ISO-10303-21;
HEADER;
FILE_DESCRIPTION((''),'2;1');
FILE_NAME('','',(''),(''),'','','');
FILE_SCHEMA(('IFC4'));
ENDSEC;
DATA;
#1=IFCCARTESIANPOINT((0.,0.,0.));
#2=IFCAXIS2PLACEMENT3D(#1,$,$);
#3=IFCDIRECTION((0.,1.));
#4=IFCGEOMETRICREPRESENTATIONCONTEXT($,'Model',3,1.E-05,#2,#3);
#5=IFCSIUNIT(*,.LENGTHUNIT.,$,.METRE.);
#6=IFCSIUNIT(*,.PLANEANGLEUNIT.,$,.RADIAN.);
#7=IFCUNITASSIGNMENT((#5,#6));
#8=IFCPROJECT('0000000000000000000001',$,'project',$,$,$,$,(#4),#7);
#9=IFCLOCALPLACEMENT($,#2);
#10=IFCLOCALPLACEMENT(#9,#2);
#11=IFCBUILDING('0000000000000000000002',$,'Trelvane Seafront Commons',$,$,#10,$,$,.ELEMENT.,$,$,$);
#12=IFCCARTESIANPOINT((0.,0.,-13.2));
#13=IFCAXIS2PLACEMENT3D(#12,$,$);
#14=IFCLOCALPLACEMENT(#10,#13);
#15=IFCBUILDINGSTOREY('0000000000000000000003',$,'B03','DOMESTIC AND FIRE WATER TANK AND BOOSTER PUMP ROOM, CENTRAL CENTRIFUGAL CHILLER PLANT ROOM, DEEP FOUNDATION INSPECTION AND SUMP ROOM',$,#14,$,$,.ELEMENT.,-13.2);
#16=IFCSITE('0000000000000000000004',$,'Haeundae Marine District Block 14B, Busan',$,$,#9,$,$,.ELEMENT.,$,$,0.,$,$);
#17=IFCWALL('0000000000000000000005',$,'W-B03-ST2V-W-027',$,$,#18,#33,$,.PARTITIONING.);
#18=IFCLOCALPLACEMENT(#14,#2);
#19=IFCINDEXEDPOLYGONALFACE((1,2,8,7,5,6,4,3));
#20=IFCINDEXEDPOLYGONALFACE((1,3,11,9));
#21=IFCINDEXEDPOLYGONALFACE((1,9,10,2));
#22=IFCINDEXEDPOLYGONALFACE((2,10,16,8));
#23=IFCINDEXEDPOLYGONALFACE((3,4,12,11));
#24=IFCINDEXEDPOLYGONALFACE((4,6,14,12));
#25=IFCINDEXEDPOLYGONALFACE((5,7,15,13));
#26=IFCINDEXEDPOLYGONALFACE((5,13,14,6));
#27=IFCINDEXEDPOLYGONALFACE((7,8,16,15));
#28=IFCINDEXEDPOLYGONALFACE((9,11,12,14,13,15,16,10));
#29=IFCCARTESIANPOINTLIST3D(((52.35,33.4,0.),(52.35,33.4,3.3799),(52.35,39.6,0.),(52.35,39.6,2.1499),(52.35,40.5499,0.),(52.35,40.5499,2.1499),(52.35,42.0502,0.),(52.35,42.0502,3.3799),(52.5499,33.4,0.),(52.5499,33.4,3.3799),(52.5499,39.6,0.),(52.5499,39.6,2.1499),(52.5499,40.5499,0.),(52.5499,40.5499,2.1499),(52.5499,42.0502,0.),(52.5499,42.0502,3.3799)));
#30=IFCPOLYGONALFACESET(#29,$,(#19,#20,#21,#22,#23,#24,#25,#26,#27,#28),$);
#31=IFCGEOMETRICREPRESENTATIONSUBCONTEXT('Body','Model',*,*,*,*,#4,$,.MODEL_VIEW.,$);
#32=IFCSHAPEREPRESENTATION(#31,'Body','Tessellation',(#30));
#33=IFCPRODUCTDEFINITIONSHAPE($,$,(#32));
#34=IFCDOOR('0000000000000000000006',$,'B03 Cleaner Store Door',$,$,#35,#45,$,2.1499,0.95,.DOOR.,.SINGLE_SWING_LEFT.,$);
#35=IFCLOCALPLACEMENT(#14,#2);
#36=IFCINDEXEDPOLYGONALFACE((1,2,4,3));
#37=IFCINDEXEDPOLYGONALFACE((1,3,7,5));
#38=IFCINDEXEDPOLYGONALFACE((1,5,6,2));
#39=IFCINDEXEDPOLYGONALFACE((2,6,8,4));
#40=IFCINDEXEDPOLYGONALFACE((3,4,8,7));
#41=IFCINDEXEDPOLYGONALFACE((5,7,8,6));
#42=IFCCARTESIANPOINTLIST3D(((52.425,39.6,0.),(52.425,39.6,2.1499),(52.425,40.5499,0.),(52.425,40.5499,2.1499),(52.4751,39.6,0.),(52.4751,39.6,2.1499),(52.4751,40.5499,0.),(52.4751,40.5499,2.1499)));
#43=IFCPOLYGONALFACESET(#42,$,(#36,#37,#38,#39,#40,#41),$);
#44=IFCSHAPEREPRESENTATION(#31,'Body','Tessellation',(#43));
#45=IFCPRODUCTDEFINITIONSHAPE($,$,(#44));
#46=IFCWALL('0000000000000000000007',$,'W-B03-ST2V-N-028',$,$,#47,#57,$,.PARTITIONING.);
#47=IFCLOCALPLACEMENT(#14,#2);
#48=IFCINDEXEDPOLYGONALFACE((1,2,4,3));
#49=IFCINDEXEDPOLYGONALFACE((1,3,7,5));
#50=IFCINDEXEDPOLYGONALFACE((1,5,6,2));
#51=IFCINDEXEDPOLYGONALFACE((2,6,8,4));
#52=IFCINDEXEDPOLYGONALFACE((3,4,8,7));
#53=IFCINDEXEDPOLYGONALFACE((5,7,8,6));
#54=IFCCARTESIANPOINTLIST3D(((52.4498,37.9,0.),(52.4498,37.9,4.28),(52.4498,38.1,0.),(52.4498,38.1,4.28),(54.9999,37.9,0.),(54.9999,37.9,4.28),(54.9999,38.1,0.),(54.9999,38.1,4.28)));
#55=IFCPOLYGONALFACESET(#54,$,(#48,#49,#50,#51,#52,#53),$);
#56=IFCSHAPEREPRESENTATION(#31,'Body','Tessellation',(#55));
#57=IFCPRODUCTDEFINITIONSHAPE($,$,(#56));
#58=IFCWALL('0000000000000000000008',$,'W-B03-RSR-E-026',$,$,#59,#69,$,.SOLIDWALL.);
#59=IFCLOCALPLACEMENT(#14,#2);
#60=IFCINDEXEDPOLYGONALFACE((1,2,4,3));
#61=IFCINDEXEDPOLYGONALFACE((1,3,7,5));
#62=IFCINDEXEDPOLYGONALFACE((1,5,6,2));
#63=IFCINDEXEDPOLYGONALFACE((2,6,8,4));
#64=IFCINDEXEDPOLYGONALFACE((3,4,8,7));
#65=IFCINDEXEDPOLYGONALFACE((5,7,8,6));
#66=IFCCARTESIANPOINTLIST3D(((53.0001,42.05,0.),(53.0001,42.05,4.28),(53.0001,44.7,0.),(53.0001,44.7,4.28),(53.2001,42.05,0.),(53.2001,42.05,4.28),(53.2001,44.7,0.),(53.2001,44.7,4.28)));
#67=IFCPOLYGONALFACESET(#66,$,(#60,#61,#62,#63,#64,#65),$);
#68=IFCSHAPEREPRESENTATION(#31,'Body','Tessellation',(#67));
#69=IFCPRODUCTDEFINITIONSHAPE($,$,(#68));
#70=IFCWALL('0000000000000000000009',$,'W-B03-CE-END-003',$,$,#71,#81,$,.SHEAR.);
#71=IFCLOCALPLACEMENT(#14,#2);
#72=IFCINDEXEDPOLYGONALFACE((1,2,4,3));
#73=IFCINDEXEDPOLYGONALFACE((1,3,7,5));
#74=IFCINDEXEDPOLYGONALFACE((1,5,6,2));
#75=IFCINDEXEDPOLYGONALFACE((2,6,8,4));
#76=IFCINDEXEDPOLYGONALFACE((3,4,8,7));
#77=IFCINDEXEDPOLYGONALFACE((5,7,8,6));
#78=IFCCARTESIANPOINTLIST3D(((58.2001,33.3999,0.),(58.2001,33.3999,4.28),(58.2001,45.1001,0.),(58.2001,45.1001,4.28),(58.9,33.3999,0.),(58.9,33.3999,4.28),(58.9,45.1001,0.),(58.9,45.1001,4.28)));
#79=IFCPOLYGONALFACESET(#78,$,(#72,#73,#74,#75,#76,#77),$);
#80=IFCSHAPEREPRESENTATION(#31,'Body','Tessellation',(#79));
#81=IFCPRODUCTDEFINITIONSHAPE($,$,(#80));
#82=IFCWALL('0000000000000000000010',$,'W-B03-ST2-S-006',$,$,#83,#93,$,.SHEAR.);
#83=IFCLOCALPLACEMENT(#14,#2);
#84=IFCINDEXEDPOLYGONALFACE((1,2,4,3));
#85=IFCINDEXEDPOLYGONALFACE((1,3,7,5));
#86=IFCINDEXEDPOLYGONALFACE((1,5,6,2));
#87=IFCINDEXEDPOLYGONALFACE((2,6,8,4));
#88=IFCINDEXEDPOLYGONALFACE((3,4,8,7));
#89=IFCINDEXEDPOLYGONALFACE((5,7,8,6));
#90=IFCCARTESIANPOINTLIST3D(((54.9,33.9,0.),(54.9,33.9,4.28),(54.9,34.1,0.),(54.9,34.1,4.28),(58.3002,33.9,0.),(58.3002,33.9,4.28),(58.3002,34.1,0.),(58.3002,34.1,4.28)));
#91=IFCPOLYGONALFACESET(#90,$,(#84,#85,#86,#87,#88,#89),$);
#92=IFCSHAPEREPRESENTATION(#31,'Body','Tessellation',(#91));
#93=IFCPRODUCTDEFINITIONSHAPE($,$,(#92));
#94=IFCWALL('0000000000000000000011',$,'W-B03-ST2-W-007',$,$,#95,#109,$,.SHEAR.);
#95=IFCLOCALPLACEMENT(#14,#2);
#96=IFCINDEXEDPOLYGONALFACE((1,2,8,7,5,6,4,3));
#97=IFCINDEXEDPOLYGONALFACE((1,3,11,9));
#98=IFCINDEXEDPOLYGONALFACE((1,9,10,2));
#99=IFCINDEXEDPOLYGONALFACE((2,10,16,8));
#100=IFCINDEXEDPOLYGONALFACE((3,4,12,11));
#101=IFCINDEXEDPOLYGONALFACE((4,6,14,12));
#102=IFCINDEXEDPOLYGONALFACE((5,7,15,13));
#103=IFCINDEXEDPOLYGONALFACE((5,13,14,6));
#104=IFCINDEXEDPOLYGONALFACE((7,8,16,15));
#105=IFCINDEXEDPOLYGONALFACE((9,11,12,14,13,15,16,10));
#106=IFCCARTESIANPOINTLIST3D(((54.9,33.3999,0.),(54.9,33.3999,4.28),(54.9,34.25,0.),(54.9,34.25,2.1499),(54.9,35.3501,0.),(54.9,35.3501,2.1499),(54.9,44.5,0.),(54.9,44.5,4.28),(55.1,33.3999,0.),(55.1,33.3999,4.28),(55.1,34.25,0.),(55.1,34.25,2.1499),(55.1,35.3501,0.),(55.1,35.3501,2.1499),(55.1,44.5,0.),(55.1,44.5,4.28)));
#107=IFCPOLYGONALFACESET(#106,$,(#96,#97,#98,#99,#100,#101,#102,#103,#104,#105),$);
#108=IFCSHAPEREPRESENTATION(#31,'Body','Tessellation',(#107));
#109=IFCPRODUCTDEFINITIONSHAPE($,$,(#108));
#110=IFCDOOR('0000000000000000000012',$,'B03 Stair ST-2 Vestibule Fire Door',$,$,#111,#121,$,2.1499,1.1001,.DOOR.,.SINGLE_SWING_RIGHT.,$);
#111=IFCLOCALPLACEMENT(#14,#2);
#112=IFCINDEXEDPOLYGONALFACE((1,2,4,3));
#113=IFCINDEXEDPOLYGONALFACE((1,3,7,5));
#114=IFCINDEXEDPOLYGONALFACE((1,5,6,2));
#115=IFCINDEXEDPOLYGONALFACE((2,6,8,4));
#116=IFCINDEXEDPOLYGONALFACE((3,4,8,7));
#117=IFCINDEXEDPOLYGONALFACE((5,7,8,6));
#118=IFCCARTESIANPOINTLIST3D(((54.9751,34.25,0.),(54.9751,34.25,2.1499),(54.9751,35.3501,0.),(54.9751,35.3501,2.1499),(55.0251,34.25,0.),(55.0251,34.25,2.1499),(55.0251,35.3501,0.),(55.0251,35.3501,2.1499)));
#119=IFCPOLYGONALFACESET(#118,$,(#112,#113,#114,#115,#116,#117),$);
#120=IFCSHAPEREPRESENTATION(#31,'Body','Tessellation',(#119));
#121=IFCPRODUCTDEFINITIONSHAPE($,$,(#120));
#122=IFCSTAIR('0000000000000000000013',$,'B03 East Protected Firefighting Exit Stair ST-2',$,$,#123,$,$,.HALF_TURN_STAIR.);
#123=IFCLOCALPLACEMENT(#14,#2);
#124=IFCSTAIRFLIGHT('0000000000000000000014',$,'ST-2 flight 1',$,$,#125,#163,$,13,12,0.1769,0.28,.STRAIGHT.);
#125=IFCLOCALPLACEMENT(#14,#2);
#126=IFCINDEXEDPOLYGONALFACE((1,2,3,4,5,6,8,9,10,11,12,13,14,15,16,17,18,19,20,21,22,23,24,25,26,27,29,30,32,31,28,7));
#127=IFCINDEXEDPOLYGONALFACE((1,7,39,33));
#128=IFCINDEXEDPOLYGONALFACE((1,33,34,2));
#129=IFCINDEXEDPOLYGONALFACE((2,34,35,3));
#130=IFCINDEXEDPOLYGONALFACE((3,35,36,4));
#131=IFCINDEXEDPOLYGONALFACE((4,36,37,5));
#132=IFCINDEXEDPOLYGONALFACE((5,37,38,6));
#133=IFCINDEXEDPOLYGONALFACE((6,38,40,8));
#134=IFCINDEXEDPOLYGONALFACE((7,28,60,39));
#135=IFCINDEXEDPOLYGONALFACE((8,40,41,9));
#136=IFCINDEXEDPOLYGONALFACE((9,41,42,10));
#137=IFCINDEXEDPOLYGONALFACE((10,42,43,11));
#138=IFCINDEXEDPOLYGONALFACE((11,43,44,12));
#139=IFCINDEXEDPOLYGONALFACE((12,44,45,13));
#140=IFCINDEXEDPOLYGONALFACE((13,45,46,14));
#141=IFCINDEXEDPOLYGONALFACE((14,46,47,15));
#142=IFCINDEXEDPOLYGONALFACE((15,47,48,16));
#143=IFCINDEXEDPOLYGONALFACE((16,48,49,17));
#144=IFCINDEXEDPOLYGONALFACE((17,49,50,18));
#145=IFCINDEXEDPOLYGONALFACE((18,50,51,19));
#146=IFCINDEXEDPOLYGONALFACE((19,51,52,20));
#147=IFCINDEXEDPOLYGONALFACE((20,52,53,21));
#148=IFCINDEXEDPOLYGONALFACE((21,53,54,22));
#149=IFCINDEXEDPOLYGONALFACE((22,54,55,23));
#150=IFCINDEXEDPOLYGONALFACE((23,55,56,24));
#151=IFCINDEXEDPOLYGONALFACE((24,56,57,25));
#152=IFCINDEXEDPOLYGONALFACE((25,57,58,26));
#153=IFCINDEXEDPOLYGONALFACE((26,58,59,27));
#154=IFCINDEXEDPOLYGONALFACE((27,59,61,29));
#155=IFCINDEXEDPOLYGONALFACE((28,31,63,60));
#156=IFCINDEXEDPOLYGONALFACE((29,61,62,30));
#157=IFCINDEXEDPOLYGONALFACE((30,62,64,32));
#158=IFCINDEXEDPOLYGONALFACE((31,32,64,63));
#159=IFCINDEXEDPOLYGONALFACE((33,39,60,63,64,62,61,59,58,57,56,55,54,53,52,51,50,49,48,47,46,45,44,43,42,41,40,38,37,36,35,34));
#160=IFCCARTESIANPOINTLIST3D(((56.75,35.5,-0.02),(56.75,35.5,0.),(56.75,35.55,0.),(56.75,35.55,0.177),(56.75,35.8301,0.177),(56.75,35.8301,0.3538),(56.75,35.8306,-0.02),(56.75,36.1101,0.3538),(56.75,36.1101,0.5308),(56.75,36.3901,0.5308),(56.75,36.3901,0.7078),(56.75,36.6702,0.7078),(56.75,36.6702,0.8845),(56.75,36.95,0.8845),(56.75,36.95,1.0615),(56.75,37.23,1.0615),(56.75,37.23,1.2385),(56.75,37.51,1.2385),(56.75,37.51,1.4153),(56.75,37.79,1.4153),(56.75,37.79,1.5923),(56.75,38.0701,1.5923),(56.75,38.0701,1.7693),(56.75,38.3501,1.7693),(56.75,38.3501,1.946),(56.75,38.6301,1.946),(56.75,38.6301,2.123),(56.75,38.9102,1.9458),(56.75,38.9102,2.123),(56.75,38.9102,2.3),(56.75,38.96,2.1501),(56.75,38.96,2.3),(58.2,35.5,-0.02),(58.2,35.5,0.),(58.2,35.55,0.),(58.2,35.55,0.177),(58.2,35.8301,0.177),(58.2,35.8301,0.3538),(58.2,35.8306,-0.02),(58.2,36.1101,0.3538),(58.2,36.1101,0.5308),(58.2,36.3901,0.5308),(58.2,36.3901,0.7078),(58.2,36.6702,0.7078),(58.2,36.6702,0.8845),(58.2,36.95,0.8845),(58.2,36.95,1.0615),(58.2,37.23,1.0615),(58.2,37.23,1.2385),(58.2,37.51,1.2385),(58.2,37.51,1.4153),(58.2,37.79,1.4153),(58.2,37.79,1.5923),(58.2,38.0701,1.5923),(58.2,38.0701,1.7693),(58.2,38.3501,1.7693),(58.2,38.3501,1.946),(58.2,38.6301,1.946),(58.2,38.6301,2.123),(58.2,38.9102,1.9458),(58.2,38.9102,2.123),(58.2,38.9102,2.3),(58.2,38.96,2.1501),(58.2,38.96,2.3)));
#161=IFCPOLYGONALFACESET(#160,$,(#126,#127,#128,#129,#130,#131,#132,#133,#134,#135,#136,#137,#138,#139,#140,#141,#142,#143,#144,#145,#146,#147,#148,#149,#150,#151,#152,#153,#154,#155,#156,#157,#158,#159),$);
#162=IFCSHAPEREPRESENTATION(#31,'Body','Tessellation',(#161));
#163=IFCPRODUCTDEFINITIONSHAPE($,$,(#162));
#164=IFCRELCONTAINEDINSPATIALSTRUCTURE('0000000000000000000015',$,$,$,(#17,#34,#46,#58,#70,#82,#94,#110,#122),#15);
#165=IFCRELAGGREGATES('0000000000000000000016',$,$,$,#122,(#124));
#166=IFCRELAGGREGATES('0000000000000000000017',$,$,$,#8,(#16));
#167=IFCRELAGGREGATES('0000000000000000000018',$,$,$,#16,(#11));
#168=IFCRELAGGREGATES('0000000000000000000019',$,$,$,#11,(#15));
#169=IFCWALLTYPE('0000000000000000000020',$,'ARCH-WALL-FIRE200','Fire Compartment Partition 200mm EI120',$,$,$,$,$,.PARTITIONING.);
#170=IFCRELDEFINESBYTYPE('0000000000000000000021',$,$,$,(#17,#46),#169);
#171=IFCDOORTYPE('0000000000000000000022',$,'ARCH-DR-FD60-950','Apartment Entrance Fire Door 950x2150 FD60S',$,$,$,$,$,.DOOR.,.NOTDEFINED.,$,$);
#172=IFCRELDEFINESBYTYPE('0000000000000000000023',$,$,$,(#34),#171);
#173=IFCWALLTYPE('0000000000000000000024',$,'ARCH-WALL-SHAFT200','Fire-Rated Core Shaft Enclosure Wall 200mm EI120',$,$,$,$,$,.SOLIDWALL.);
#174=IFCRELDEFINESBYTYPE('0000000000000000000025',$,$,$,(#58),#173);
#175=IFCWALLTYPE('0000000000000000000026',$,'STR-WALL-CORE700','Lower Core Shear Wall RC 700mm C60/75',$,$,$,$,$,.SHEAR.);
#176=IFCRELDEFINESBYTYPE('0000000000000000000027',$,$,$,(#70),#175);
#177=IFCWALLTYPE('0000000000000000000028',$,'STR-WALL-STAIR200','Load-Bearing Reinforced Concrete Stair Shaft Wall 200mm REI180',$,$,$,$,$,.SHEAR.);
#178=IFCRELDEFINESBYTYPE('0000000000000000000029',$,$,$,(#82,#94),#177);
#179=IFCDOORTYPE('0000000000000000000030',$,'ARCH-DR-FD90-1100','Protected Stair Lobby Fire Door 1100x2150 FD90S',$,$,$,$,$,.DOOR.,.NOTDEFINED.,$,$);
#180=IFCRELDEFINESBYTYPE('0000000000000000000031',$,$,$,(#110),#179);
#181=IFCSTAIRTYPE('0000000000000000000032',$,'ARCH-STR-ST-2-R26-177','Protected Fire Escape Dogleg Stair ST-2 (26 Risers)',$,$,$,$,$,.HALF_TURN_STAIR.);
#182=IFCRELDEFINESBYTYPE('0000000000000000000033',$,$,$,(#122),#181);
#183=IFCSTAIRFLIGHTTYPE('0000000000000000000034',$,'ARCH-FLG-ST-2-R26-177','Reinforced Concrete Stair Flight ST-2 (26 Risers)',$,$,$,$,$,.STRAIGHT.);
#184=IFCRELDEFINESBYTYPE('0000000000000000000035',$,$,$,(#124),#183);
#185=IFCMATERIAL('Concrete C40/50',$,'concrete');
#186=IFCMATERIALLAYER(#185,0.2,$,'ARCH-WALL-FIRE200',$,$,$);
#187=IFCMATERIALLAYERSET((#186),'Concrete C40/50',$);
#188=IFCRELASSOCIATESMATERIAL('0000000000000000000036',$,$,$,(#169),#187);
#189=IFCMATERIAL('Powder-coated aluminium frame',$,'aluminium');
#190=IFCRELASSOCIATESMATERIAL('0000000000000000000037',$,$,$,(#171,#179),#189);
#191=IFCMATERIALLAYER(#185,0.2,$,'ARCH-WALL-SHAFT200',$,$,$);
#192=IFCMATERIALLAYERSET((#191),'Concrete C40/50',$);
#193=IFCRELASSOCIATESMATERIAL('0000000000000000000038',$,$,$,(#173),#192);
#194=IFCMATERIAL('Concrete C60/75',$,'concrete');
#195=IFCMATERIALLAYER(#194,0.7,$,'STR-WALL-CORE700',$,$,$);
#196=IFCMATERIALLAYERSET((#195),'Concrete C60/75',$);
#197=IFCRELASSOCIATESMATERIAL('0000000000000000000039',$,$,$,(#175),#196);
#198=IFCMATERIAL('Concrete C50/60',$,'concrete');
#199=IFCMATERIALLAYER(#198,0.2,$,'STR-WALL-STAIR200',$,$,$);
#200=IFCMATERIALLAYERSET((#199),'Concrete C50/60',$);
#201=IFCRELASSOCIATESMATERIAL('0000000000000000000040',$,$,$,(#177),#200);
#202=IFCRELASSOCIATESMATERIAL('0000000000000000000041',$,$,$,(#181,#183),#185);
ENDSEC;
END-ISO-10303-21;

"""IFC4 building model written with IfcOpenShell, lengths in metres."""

from ifc_helpers import new_model, si_unit, direction, frame, frame_2d, origin, place, context, subcontext, project, spatial, polyline, rectangle, outline, extrude, source, transform, mapped, material, layer, layer_set, type_object, element, fill, aggregate, save


model = new_model("IFC4")

# Units and contexts
model_context = context("Model", 3, precision=1e-05, world=origin(), true_north=direction((0.0, 1.0)))
body_context = subcontext(model_context, "Body", "Model", "MODEL_VIEW")
ifc_project = project(units=[si_unit("LENGTHUNIT", "METRE"), si_unit("PLANEANGLEUNIT", "RADIAN")], contexts=[model_context])

# Site, building, storey
site_placement = place(None, origin())
site = spatial("IfcSite", under=ifc_project, at=site_placement, Name="Haeundae Marine District Block 14B, Busan", CompositionType="ELEMENT", RefElevation=0.0)
building_placement = place(site_placement, origin())
building = spatial("IfcBuilding", under=site, at=building_placement, Name="Trelvane Seafront Commons", CompositionType="ELEMENT")
storey_placement = place(building_placement, frame((0.0, 0.0, -13.2)))
storey = spatial("IfcBuildingStorey", under=building, at=storey_placement, Name="B03", Description="DOMESTIC AND FIRE WATER TANK AND BOOSTER PUMP ROOM, CENTRAL CENTRIFUGAL CHILLER PLANT ROOM, DEEP FOUNDATION INSPECTION AND SUMP ROOM", CompositionType="ELEMENT", Elevation=-13.2)

# Shared definitions
ifc_material_1 = material(Name="Concrete C50/60", Category="concrete")

# Shared definitions
ifc_material_2 = material(Name="Concrete C60/75", Category="concrete")

# Wall, opening, door
ifc_material_3 = material(Name="Concrete C40/50", Category="concrete")
ifc_layer_1 = layer(ifc_material_3, 0.2, Name="ARCH-WALL-FIRE200")
ifc_layer_set_1 = layer_set([ifc_layer_1], Name="Concrete C40/50")
wall_type_1 = type_object("IfcWallType", Name="ARCH-WALL-FIRE200", Description="Fire Compartment Partition 200mm EI120", PredefinedType="PARTITIONING", material=ifc_layer_set_1)
wall_1_placement = place(storey_placement, frame((52.45, 33.3999, 0.0), z_axis=(0.0, 0.0, 1.0), x_axis=(0.0, 1.0, 0.0)))
wall_1 = element("IfcWall", 1, at=wall_1_placement, inside=storey, type_object=wall_type_1, Name="W-B03-ST2V-W-027", PredefinedType="PARTITIONING", context=body_context, shape_type="SweptSolid", body=[
    extrude(rectangle(XDim=8.6501, YDim=0.2, at=frame_2d((4.3252, 0.0))), origin(), (0.0, 0.0, 1.0), 3.3799),
])
opening_1_placement = place(wall_1_placement, frame((6.2, 0.0, 0.0)))
opening_1 = element("IfcOpeningElement", 2, at=opening_1_placement, cuts=wall_1, PredefinedType="OPENING", context=body_context, shape_type="SweptSolid", body=[
    extrude(rectangle(XDim=0.95, YDim=2.1499, at=frame_2d((0.4751, 1.075))), frame((0.0, 0.1099, 0.0), z_axis=(0.0, -1.0, 0.0), x_axis=(1.0, 0.0, 0.0)), (0.0, 0.0, 1.0), 0.22),
])
ifc_material_4 = material(Name="Powder-coated aluminium frame", Category="aluminium")
door_type_1 = type_object("IfcDoorType", Name="ARCH-DR-FD60-950", Description="Apartment Entrance Fire Door 950x2150 FD60S", OperationType="NOTDEFINED", PredefinedType="DOOR", material=ifc_material_4)
shared_shape_1 = source(origin(), body_context, "Body", "SweptSolid", [
    extrude(rectangle(XDim=0.95, YDim=2.1499, at=frame_2d((0.4751, 1.075))), frame((0.0, 0.0249, 0.0), z_axis=(0.0, -1.0, 0.0), x_axis=(1.0, 0.0, 0.0)), (0.0, 0.0, 1.0), 0.05),
])
door_1_placement = place(opening_1_placement, origin())
door_1 = element("IfcDoor", 3, at=door_1_placement, inside=storey, type_object=door_type_1, Name="B03 Cleaner Store Door", OperationType="SINGLE_SWING_LEFT", OverallHeight=2.1499, OverallWidth=0.95, PredefinedType="DOOR", context=body_context, shape_type="MappedRepresentation", body=[
    mapped(shared_shape_1, transform((0.0, 0.0, 0.0), x_axis=(1.0, 0.0, 0.0), y_axis=(0.0, 1.0, 0.0), z_axis=(0.0, 0.0, 1.0), scale=1.0)),
])
fill(opening_1, door_1)

# Walls
wall_2_placement = place(storey_placement, frame((52.45, 38.0, 0.0), z_axis=(0.0, 0.0, 1.0), x_axis=(1.0, 0.0, 0.0)))
element("IfcWall", 4, at=wall_2_placement, inside=storey, type_object=wall_type_1, Name="W-B03-ST2V-N-028", PredefinedType="PARTITIONING", context=body_context, shape_type="SweptSolid", body=[
    extrude(rectangle(XDim=2.55, YDim=0.2, at=frame_2d((1.2749, 0.0))), origin(), (0.0, 0.0, 1.0), 4.28),
])
ifc_layer_2 = layer(ifc_material_3, 0.2, Name="ARCH-WALL-SHAFT200")
ifc_layer_set_2 = layer_set([ifc_layer_2], Name="Concrete C40/50")
wall_type_2 = type_object("IfcWallType", Name="ARCH-WALL-SHAFT200", Description="Fire-Rated Core Shaft Enclosure Wall 200mm EI120", PredefinedType="SOLIDWALL", material=ifc_layer_set_2)
wall_3_placement = place(storey_placement, frame((53.1001, 42.05, 0.0), z_axis=(0.0, 0.0, 1.0), x_axis=(0.0, 1.0, 0.0)))
element("IfcWall", 5, at=wall_3_placement, inside=storey, type_object=wall_type_2, Name="W-B03-RSR-E-026", PredefinedType="SOLIDWALL", context=body_context, shape_type="SweptSolid", body=[
    extrude(rectangle(XDim=2.6499, YDim=0.2, at=frame_2d((1.325, 0.0))), origin(), (0.0, 0.0, 1.0), 4.28),
])
ifc_layer_3 = layer(ifc_material_2, 0.7, Name="STR-WALL-CORE700")
ifc_layer_set_3 = layer_set([ifc_layer_3], Name="Concrete C60/75")
wall_type_3 = type_object("IfcWallType", Name="STR-WALL-CORE700", Description="Lower Core Shear Wall RC 700mm C60/75", PredefinedType="SHEAR", material=ifc_layer_set_3)
wall_4_placement = place(storey_placement, frame((58.55, 33.3999, 0.0), z_axis=(0.0, 0.0, 1.0), x_axis=(0.0, 1.0, 0.0)))
element("IfcWall", 6, at=wall_4_placement, inside=storey, type_object=wall_type_3, Name="W-B03-CE-END-003", PredefinedType="SHEAR", context=body_context, shape_type="SweptSolid", body=[
    extrude(rectangle(XDim=11.7002, YDim=0.7, at=frame_2d((5.8501, 0.0))), origin(), (0.0, 0.0, 1.0), 4.28),
])
ifc_layer_4 = layer(ifc_material_1, 0.2, Name="STR-WALL-STAIR200")
ifc_layer_set_4 = layer_set([ifc_layer_4], Name="Concrete C50/60")
wall_type_4 = type_object("IfcWallType", Name="STR-WALL-STAIR200", Description="Load-Bearing Reinforced Concrete Stair Shaft Wall 200mm REI180", PredefinedType="SHEAR", material=ifc_layer_set_4)
wall_5_placement = place(storey_placement, frame((54.8999, 34.0, 0.0), z_axis=(0.0, 0.0, 1.0), x_axis=(1.0, 0.0, 0.0)))
element("IfcWall", 7, at=wall_5_placement, inside=storey, type_object=wall_type_4, Name="W-B03-ST2-S-006", PredefinedType="SHEAR", context=body_context, shape_type="SweptSolid", body=[
    extrude(rectangle(XDim=3.4001, YDim=0.2, at=frame_2d((1.7002, 0.0))), origin(), (0.0, 0.0, 1.0), 4.28),
])

# Wall, opening, door
wall_6_placement = place(storey_placement, frame((55.0, 33.3999, 0.0), z_axis=(0.0, 0.0, 1.0), x_axis=(0.0, 1.0, 0.0)))
wall_6 = element("IfcWall", 8, at=wall_6_placement, inside=storey, type_object=wall_type_4, Name="W-B03-ST2-W-007", PredefinedType="SHEAR", context=body_context, shape_type="SweptSolid", body=[
    extrude(rectangle(XDim=11.1001, YDim=0.2, at=frame_2d((5.55, 0.0))), origin(), (0.0, 0.0, 1.0), 4.28),
])
opening_2_placement = place(wall_6_placement, frame((0.8501, 0.0, 0.0)))
opening_2 = element("IfcOpeningElement", 9, at=opening_2_placement, cuts=wall_6, PredefinedType="OPENING", context=body_context, shape_type="SweptSolid", body=[
    extrude(rectangle(XDim=1.1001, YDim=2.1499, at=frame_2d((0.55, 1.075))), frame((0.0, 0.1099, 0.0), z_axis=(0.0, -1.0, 0.0), x_axis=(1.0, 0.0, 0.0)), (0.0, 0.0, 1.0), 0.22),
])
door_type_2 = type_object("IfcDoorType", Name="ARCH-DR-FD90-1100", Description="Protected Stair Lobby Fire Door 1100x2150 FD90S", OperationType="NOTDEFINED", PredefinedType="DOOR", material=ifc_material_4)
shared_shape_2 = source(origin(), body_context, "Body", "SweptSolid", [
    extrude(rectangle(XDim=1.1001, YDim=2.1499, at=frame_2d((0.55, 1.075))), frame((0.0, 0.0249, 0.0), z_axis=(0.0, -1.0, 0.0), x_axis=(1.0, 0.0, 0.0)), (0.0, 0.0, 1.0), 0.05),
])
door_2_placement = place(opening_2_placement, origin())
door_2 = element("IfcDoor", 10, at=door_2_placement, inside=storey, type_object=door_type_2, Name="B03 Stair ST-2 Vestibule Fire Door", OperationType="SINGLE_SWING_RIGHT", OverallHeight=2.1499, OverallWidth=1.1001, PredefinedType="DOOR", context=body_context, shape_type="MappedRepresentation", body=[
    mapped(shared_shape_2, transform((0.0, 0.0, 0.0), x_axis=(1.0, 0.0, 0.0), y_axis=(0.0, 1.0, 0.0), z_axis=(0.0, 0.0, 1.0), scale=1.0)),
])
fill(opening_2, door_2)

# Stair, stair flight
stair_type = type_object("IfcStairType", Name="ARCH-STR-ST-2-R26-177", Description="Protected Fire Escape Dogleg Stair ST-2 (26 Risers)", PredefinedType="HALF_TURN_STAIR", material=ifc_material_3)
stair_placement = place(storey_placement, origin())
stair = element("IfcStair", 11, at=stair_placement, inside=storey, type_object=stair_type, Name="B03 East Protected Firefighting Exit Stair ST-2", PredefinedType="HALF_TURN_STAIR")
stair_flight_type = type_object("IfcStairFlightType", Name="ARCH-FLG-ST-2-R26-177", Description="Reinforced Concrete Stair Flight ST-2 (26 Risers)", PredefinedType="STRAIGHT", material=ifc_material_3)
shared_shape_3 = source(origin(), body_context, "Body", "SweptSolid", [
    extrude(outline(polyline([(-0.05, -0.02), (-0.05, 0.0), (0.0, 0.0), (0.0, 0.177), (0.28, 0.177), (0.28, 0.3538), (0.5601, 0.3538), (0.5601, 0.5308), (0.8401, 0.5308), (0.8401, 0.7078), (1.1201, 0.7078), (1.1201, 0.8845), (1.3999, 0.8845), (1.3999, 1.0615), (1.6799, 1.0615), (1.6799, 1.2385), (1.96, 1.2385), (1.96, 1.4153), (2.24, 1.4153), (2.24, 1.5923), (2.52, 1.5923), (2.52, 1.7693), (2.8, 1.7693), (2.8, 1.946), (3.0801, 1.946), (3.0801, 2.123), (3.3601, 2.123), (3.3601, 2.3), (3.4099, 2.3), (3.4099, 2.1501), (3.3601, 1.9458), (0.2805, -0.02), (-0.05, -0.02)])), frame((0.0, 0.7251, 0.0), z_axis=(0.0, -1.0, 0.0), x_axis=(1.0, 0.0, 0.0)), (0.0, 0.0, 1.0), 1.45),
])
stair_flight_1_placement = place(storey_placement, frame((57.4751, 35.55, 0.0), z_axis=(0.0, 0.0, 1.0), x_axis=(0.0, 1.0, 0.0)))
stair_flight_1 = element("IfcStairFlight", 12, at=stair_flight_1_placement, type_object=stair_flight_type, Name="ST-2 flight 1", NumberOfRisers=13, NumberOfTreads=12, PredefinedType="STRAIGHT", RiserHeight=0.1769, TreadLength=0.28, context=body_context, shape_type="MappedRepresentation", body=[
    mapped(shared_shape_3, transform((0.0, 0.0, 0.0), x_axis=(1.0, 0.0, 0.0), y_axis=(0.0, 1.0, 0.0), z_axis=(0.0, 0.0, 1.0), scale=1.0)),
])
aggregate(stair, [stair_flight_1])

save(model, "model.ifc")
